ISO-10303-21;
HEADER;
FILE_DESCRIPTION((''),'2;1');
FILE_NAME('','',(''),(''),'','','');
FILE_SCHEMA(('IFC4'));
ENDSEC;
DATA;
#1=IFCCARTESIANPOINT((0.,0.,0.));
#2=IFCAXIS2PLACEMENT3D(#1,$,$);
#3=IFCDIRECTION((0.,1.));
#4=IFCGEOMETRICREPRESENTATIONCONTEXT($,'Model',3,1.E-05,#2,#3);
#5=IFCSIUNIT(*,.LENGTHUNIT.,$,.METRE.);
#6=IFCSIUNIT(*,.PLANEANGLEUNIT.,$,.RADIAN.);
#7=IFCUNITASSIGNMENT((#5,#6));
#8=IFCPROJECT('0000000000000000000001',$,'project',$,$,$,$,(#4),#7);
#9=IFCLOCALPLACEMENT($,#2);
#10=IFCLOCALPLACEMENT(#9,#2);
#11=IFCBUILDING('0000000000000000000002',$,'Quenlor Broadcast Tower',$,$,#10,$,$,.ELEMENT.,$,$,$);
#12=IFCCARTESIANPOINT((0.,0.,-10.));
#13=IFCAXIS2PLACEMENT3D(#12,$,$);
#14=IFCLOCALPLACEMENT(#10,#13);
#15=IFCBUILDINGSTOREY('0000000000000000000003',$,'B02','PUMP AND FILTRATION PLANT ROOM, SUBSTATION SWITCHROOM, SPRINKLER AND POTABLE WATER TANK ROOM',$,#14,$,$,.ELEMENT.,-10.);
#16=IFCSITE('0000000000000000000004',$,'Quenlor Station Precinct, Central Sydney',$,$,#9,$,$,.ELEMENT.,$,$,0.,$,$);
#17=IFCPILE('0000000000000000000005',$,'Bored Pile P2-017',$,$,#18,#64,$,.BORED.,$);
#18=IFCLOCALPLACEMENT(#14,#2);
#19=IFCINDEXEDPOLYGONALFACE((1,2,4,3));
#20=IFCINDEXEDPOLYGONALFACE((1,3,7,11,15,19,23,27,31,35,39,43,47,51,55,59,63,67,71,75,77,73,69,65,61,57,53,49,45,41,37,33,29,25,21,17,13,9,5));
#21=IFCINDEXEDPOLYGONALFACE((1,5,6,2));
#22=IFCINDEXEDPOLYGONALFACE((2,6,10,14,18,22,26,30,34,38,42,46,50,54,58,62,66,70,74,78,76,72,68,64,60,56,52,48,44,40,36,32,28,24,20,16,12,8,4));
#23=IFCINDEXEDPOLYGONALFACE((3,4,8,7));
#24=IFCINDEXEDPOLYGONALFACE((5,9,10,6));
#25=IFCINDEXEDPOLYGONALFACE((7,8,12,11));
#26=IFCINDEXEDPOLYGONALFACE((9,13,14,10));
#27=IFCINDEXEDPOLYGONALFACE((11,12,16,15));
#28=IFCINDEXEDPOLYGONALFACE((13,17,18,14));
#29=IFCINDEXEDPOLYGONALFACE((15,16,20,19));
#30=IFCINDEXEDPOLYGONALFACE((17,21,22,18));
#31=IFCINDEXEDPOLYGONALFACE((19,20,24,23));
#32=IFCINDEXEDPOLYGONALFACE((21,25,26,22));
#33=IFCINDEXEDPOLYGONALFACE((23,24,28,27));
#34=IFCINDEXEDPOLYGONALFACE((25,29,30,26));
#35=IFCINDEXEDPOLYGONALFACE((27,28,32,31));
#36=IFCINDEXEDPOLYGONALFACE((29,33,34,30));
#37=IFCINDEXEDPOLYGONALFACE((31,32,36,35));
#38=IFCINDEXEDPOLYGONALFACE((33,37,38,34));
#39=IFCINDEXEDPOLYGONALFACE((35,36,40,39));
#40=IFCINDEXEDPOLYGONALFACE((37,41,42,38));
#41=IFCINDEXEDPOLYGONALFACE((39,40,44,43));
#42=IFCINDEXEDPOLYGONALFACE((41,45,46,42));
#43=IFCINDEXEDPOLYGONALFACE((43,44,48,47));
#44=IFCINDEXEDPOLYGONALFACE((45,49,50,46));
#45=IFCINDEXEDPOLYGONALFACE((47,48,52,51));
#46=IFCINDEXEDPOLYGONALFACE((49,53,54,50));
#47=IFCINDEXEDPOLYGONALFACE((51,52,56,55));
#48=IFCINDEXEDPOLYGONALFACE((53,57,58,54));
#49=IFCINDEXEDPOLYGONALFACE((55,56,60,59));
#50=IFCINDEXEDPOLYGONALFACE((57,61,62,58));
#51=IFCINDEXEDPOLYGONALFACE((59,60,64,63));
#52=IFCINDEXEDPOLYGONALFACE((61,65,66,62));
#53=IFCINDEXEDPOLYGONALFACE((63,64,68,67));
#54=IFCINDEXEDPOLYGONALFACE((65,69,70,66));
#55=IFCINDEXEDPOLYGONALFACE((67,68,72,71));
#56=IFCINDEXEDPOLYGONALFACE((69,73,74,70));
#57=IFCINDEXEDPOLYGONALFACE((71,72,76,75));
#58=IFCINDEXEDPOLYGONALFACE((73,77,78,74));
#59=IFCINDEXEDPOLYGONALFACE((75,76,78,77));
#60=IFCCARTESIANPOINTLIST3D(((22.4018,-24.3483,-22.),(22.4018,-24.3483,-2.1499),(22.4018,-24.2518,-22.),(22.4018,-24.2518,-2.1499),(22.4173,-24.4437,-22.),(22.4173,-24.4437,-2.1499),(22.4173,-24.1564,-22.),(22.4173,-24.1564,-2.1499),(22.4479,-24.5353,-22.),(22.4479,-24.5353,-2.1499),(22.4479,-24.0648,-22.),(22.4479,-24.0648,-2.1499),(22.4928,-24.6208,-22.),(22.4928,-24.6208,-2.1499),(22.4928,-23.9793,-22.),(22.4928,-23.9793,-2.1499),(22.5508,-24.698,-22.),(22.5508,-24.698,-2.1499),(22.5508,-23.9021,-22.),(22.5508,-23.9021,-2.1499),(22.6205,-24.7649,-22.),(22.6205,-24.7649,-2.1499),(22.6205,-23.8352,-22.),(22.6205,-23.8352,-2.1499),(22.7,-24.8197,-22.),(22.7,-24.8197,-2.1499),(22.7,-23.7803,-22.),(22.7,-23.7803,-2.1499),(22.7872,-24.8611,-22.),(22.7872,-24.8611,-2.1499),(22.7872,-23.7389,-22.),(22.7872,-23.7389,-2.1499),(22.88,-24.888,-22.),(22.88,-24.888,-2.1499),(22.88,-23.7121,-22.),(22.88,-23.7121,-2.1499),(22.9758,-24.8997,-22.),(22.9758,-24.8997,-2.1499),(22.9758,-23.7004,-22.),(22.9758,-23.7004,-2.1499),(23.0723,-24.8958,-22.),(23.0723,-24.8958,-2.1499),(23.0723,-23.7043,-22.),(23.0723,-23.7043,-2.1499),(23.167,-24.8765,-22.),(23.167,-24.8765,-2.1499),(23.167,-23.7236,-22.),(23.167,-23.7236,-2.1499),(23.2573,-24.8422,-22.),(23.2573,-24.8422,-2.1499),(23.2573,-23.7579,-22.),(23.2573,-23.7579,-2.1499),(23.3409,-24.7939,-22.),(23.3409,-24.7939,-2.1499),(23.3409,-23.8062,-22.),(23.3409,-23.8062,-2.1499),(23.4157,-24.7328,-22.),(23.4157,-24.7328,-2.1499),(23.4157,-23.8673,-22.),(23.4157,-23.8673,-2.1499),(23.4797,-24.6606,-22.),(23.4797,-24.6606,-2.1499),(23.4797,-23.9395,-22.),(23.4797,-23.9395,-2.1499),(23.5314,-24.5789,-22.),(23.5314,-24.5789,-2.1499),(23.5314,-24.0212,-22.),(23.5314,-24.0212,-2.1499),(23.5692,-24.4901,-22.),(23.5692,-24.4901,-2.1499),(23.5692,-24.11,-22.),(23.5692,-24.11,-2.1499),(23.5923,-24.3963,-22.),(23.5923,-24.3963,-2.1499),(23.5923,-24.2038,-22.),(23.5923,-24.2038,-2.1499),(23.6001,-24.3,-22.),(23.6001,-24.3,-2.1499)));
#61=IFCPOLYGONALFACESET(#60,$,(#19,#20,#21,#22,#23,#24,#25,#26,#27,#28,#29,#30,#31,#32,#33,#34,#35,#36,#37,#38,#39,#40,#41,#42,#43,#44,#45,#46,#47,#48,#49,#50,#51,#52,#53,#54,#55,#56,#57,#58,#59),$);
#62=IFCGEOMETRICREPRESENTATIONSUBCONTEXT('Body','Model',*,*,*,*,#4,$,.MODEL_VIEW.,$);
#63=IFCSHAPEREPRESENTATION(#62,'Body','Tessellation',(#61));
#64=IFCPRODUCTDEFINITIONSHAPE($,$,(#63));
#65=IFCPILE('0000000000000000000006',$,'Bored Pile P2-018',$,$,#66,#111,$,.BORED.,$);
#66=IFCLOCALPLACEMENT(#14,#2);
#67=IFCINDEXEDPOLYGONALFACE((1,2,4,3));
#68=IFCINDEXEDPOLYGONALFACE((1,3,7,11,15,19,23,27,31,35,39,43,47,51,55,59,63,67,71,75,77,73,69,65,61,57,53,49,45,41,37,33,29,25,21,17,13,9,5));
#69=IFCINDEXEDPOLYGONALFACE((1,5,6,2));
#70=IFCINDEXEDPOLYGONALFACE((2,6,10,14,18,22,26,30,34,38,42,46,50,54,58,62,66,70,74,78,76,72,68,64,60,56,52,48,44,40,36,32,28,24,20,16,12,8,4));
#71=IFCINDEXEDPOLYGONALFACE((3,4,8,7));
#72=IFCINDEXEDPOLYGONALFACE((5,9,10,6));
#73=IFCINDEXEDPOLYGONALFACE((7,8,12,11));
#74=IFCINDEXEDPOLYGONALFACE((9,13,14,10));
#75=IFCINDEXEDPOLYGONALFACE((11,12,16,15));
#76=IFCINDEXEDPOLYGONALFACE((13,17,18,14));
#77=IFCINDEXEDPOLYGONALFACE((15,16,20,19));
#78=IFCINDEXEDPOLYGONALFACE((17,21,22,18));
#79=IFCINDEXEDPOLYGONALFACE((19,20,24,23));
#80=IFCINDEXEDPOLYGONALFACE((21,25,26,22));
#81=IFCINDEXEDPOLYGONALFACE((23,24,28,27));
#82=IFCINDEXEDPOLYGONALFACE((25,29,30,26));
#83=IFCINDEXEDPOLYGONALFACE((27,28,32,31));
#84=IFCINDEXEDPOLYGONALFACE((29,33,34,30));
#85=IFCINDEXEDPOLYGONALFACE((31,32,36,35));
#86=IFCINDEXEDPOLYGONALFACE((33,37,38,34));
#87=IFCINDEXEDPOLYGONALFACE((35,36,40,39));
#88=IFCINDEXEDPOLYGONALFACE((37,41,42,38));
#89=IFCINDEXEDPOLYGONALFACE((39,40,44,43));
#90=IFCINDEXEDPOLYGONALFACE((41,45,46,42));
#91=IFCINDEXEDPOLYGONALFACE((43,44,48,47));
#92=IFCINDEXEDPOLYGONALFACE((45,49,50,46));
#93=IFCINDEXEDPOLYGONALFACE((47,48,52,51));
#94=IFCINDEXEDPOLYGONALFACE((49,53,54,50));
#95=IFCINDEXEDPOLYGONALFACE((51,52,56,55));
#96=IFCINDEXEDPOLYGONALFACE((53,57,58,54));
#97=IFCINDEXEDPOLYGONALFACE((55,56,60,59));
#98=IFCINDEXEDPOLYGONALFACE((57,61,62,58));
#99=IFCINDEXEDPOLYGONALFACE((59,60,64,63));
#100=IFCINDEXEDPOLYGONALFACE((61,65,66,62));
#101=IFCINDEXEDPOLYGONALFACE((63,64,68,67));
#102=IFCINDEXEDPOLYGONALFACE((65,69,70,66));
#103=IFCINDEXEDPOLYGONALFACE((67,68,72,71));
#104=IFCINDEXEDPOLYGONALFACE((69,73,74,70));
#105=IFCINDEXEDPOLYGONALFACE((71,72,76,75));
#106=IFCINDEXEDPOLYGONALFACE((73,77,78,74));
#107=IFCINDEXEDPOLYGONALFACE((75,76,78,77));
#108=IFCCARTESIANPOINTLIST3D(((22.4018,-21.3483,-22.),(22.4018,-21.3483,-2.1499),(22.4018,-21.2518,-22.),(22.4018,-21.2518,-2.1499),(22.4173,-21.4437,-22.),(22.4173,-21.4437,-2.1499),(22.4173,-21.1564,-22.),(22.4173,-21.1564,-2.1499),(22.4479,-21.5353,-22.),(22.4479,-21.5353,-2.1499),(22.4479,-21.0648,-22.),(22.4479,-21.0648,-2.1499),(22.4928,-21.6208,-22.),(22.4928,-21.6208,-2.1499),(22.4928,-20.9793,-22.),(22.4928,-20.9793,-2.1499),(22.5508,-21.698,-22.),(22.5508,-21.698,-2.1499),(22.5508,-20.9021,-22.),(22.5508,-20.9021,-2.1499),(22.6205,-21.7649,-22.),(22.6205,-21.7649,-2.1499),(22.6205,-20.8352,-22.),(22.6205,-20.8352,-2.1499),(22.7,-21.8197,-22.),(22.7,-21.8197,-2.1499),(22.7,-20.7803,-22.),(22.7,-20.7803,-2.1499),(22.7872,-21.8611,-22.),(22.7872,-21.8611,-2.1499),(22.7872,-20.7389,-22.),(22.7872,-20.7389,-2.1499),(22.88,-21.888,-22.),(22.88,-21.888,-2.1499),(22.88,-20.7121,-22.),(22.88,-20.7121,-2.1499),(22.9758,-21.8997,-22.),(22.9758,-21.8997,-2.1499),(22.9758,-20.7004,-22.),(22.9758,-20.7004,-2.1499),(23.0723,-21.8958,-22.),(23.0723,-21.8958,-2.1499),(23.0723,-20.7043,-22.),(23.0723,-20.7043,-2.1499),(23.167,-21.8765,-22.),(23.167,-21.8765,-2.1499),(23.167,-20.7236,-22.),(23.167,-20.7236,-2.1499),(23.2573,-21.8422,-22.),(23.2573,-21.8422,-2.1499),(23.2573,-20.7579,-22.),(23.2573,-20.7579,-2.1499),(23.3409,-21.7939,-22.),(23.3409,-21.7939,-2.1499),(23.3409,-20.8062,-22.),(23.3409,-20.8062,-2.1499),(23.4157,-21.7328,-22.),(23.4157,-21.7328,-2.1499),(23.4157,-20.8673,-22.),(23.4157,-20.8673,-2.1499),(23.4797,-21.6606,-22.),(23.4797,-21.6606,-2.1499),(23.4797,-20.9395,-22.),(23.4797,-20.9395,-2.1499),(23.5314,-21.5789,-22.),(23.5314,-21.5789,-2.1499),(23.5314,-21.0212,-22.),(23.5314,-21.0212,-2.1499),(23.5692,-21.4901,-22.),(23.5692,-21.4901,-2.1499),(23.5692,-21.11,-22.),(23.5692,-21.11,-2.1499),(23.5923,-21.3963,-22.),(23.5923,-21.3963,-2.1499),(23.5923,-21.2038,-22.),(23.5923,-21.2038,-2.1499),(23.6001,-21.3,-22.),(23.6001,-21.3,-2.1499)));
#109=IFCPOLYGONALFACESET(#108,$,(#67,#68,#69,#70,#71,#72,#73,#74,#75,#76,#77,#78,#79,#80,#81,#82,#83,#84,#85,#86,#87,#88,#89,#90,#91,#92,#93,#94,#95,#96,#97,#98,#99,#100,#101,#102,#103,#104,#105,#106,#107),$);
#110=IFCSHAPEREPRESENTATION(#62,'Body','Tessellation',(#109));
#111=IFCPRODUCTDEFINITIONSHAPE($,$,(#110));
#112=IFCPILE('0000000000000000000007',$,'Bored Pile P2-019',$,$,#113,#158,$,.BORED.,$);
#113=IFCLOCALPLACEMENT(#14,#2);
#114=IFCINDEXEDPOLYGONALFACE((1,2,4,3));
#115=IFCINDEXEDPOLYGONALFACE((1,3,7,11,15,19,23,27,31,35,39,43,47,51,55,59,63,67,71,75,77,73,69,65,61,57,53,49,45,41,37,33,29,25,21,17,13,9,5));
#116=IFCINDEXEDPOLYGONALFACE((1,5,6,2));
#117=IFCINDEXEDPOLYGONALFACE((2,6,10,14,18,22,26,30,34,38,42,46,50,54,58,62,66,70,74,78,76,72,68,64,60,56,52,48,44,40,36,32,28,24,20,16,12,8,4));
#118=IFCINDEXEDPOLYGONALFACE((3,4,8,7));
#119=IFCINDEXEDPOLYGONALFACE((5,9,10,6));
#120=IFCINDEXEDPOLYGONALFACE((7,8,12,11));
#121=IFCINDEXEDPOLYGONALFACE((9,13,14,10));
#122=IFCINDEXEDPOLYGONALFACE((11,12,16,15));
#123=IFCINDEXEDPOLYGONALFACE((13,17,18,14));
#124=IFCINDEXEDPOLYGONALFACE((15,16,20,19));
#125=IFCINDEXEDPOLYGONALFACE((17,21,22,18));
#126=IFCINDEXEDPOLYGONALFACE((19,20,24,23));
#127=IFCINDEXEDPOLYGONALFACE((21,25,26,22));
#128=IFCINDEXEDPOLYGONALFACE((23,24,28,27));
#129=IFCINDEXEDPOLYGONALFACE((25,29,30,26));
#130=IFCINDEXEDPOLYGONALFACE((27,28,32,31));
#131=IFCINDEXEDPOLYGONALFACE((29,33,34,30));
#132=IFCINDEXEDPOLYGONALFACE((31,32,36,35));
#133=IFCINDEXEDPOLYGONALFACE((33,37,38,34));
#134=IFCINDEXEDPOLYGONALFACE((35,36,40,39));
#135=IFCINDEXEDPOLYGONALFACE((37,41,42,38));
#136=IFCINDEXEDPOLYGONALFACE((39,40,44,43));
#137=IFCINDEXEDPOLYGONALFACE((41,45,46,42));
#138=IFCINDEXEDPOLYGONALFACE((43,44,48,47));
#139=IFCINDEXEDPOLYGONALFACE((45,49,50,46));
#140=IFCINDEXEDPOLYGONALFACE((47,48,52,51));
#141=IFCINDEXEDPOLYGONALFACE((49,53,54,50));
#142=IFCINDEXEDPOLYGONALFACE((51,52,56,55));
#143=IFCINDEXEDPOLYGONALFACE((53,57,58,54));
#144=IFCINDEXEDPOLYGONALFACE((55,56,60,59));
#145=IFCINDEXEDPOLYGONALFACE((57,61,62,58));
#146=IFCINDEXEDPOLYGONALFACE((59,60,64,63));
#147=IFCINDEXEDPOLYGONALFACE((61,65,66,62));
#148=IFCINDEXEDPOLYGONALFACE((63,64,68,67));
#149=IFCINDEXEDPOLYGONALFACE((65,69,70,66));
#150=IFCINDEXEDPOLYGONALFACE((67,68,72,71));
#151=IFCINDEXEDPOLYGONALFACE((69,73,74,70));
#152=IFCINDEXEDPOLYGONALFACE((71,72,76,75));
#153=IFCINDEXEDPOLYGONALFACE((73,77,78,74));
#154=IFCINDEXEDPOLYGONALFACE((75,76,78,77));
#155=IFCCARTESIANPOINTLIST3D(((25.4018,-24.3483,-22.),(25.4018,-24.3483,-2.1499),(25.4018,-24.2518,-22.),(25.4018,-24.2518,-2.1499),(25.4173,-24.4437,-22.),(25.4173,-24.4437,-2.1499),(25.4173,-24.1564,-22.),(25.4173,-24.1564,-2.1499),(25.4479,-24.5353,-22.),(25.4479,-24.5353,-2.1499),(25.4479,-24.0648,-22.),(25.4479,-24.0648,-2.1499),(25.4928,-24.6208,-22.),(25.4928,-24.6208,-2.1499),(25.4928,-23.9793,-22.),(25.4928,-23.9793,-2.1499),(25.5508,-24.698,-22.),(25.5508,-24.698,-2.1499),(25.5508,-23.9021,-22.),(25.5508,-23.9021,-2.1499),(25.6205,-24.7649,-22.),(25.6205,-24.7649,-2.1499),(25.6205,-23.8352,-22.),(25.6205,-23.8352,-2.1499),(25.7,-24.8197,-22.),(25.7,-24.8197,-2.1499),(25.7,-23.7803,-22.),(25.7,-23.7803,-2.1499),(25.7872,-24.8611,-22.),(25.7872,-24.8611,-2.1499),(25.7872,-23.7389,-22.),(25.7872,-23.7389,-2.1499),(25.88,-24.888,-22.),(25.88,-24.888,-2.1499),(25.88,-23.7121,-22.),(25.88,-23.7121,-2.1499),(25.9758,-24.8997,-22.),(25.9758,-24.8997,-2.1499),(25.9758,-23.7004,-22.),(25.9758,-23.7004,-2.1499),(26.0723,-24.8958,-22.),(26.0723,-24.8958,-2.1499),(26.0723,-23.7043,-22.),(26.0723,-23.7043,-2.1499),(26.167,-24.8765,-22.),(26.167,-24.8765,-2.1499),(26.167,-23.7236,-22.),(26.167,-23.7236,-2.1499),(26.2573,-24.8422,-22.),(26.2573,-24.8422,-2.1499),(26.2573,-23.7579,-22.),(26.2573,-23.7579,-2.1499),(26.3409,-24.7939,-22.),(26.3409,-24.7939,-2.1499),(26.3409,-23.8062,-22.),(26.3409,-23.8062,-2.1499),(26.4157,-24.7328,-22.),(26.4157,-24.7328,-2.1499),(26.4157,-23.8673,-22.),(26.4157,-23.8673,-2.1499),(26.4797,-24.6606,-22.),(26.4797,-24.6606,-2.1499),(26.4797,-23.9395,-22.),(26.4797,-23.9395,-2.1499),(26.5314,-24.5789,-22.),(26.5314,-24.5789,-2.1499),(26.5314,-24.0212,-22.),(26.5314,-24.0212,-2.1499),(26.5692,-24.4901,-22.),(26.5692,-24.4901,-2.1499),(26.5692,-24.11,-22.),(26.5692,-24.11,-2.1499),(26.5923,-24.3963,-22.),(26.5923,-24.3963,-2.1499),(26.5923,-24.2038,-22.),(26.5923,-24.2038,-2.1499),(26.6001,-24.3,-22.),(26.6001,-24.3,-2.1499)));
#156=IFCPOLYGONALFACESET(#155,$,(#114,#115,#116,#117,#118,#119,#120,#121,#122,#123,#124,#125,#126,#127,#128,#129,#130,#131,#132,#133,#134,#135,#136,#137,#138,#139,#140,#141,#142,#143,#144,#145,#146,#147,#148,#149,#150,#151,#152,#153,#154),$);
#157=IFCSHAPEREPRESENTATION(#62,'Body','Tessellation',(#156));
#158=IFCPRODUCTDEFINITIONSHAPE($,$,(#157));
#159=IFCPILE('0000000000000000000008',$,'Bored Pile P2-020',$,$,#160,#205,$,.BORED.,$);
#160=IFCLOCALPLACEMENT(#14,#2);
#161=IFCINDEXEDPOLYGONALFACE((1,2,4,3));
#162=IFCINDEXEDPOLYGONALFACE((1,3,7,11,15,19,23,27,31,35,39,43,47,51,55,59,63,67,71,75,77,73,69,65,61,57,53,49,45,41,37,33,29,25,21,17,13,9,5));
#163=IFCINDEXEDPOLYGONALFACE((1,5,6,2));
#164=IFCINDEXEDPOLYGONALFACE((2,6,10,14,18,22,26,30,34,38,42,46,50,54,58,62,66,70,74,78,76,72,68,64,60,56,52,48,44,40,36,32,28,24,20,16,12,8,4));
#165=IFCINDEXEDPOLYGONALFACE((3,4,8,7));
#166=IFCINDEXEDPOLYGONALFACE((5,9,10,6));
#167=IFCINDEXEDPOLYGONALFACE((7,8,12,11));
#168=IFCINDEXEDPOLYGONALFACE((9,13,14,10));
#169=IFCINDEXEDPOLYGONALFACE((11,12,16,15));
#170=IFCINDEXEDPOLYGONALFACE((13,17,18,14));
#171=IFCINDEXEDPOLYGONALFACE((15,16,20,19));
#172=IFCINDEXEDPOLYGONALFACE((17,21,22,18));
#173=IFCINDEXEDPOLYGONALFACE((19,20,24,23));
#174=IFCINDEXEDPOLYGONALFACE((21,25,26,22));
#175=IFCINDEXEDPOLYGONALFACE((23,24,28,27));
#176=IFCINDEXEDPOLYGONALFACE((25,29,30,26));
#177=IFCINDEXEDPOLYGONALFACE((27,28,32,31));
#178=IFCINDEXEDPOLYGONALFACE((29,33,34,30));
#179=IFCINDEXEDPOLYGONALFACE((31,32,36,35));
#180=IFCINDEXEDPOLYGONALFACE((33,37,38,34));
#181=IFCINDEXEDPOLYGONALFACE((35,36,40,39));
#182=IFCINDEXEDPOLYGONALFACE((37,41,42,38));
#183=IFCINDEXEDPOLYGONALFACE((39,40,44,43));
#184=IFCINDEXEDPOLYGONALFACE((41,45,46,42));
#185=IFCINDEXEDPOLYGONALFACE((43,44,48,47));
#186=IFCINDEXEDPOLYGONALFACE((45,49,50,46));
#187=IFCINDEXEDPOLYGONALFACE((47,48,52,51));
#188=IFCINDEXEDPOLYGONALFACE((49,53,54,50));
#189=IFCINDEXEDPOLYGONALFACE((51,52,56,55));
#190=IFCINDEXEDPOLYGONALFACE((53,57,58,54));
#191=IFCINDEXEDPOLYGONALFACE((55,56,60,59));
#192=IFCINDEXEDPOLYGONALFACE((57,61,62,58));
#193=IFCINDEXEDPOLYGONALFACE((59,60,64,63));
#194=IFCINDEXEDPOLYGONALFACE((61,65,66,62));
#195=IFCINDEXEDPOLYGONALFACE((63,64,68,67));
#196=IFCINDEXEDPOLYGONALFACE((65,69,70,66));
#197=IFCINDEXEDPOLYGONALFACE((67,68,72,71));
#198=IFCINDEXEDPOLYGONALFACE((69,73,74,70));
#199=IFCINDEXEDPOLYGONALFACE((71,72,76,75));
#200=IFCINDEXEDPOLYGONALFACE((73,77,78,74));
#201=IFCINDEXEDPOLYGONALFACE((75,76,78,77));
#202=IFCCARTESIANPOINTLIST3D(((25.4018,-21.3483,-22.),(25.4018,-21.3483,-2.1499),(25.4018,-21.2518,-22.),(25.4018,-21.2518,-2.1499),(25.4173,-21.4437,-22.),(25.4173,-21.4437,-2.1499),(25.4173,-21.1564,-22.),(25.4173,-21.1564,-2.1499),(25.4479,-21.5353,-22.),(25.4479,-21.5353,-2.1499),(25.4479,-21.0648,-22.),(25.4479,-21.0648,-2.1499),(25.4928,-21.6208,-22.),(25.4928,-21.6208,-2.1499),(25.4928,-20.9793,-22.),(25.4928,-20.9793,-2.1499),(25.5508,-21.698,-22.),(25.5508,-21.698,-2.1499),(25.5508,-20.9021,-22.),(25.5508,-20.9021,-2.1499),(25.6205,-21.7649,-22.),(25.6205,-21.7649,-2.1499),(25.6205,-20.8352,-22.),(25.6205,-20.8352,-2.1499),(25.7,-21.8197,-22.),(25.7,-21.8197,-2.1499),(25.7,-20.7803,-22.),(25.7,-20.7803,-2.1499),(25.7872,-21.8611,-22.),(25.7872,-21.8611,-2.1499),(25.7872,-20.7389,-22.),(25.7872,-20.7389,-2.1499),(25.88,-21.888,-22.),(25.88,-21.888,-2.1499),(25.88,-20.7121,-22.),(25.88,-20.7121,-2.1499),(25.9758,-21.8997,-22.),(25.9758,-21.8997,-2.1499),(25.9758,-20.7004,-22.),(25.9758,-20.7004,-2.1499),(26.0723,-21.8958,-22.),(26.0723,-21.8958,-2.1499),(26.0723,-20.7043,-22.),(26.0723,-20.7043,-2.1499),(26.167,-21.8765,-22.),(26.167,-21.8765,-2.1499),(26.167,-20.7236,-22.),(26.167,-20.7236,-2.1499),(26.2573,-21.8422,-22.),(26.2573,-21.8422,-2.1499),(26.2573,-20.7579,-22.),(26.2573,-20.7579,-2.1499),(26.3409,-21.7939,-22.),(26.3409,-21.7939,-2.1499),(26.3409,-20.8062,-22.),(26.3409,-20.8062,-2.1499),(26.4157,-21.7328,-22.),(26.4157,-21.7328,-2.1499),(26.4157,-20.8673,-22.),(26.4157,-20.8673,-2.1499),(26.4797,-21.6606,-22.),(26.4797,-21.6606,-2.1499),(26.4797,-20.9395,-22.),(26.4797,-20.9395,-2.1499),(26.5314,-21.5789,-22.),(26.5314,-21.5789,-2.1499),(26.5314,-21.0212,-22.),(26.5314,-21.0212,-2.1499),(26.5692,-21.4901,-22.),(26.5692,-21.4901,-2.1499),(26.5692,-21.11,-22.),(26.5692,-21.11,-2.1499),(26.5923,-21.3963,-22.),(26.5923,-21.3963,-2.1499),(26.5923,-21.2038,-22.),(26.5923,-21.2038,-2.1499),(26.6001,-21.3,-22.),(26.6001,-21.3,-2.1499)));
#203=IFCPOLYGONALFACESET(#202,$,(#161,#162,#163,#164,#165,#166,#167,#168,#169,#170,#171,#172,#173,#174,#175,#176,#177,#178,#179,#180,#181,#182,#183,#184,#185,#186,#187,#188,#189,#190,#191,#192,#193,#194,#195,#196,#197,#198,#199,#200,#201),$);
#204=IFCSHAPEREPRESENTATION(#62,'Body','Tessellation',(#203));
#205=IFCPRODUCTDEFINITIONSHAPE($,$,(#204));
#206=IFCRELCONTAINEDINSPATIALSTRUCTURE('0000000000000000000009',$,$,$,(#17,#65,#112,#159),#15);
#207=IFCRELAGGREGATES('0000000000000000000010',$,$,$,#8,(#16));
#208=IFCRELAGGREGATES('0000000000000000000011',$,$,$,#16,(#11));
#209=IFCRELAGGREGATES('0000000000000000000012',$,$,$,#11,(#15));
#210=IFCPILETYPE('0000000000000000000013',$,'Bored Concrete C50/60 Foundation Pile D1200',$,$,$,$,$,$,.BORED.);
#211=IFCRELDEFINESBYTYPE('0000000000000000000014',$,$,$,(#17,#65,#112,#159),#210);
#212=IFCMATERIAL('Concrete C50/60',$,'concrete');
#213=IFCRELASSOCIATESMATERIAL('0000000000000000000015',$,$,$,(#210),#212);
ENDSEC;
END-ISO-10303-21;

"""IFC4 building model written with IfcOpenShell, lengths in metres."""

from ifc_helpers import new_model, si_unit, direction, frame, origin, origin_2d, place, context, subcontext, project, spatial, circle, extrude, material, material_profile, profile_set, type_object, element, save


model = new_model("IFC4")

# Units and contexts
model_context = context("Model", 3, precision=1e-05, world=origin(), true_north=direction((0.0, 1.0)))
body_context = subcontext(model_context, "Body", "Model", "MODEL_VIEW")
ifc_project = project(units=[si_unit("LENGTHUNIT", "METRE"), si_unit("PLANEANGLEUNIT", "RADIAN")], contexts=[model_context])

# Site, building, storey
site_placement = place(None, origin())
site = spatial("IfcSite", under=ifc_project, at=site_placement, Name="Quenlor Station Precinct, Central Sydney", CompositionType="ELEMENT", RefElevation=0.0)
building_placement = place(site_placement, origin())
building = spatial("IfcBuilding", under=site, at=building_placement, Name="Quenlor Broadcast Tower", CompositionType="ELEMENT")
storey_placement = place(building_placement, frame((0.0, 0.0, -10.0)))
storey = spatial("IfcBuildingStorey", under=building, at=storey_placement, Name="B02", Description="PUMP AND FILTRATION PLANT ROOM, SUBSTATION SWITCHROOM, SPRINKLER AND POTABLE WATER TANK ROOM", CompositionType="ELEMENT", Elevation=-10.0)

# Piles
ifc_material_1 = material(Name="Concrete C50/60", Category="concrete")
ifc_material_profile_1 = material_profile(ifc_material_1, circle(Radius=0.6001, at=origin_2d()))
ifc_profile_set_1 = profile_set([ifc_material_profile_1], Name="Concrete C50/60 PILE1200")
pile_type = type_object("IfcPileType", Name="Bored Concrete C50/60 Foundation Pile D1200", PredefinedType="BORED", material=ifc_profile_set_1)
for number, where, z_axis, x_axis, name in (
    (1, (23.0, -24.3, -2.1499), (0.0, 0.0, -1.0), (1.0, 0.0, 0.0), "Bored Pile P2-017"),
    (2, (23.0, -21.3, -2.1499), (0.0, 0.0, -1.0), (1.0, 0.0, 0.0), "Bored Pile P2-018"),
    (3, (26.0, -24.3, -2.1499), (0.0, 0.0, -1.0), (1.0, 0.0, 0.0), "Bored Pile P2-019"),
    (4, (26.0, -21.3, -2.1499), (0.0, 0.0, -1.0), (1.0, 0.0, 0.0), "Bored Pile P2-020"),
):
    element("IfcPile", number, at=place(storey_placement, frame(where, z_axis=z_axis, x_axis=x_axis)), inside=storey, type_object=pile_type, Name=name, PredefinedType="BORED", context=body_context, shape_type="SweptSolid", body=[
        extrude(circle(Radius=0.6001, at=origin_2d()), origin(), (0.0, 0.0, 1.0), 19.8501),
    ])

save(model, "model.ifc")
